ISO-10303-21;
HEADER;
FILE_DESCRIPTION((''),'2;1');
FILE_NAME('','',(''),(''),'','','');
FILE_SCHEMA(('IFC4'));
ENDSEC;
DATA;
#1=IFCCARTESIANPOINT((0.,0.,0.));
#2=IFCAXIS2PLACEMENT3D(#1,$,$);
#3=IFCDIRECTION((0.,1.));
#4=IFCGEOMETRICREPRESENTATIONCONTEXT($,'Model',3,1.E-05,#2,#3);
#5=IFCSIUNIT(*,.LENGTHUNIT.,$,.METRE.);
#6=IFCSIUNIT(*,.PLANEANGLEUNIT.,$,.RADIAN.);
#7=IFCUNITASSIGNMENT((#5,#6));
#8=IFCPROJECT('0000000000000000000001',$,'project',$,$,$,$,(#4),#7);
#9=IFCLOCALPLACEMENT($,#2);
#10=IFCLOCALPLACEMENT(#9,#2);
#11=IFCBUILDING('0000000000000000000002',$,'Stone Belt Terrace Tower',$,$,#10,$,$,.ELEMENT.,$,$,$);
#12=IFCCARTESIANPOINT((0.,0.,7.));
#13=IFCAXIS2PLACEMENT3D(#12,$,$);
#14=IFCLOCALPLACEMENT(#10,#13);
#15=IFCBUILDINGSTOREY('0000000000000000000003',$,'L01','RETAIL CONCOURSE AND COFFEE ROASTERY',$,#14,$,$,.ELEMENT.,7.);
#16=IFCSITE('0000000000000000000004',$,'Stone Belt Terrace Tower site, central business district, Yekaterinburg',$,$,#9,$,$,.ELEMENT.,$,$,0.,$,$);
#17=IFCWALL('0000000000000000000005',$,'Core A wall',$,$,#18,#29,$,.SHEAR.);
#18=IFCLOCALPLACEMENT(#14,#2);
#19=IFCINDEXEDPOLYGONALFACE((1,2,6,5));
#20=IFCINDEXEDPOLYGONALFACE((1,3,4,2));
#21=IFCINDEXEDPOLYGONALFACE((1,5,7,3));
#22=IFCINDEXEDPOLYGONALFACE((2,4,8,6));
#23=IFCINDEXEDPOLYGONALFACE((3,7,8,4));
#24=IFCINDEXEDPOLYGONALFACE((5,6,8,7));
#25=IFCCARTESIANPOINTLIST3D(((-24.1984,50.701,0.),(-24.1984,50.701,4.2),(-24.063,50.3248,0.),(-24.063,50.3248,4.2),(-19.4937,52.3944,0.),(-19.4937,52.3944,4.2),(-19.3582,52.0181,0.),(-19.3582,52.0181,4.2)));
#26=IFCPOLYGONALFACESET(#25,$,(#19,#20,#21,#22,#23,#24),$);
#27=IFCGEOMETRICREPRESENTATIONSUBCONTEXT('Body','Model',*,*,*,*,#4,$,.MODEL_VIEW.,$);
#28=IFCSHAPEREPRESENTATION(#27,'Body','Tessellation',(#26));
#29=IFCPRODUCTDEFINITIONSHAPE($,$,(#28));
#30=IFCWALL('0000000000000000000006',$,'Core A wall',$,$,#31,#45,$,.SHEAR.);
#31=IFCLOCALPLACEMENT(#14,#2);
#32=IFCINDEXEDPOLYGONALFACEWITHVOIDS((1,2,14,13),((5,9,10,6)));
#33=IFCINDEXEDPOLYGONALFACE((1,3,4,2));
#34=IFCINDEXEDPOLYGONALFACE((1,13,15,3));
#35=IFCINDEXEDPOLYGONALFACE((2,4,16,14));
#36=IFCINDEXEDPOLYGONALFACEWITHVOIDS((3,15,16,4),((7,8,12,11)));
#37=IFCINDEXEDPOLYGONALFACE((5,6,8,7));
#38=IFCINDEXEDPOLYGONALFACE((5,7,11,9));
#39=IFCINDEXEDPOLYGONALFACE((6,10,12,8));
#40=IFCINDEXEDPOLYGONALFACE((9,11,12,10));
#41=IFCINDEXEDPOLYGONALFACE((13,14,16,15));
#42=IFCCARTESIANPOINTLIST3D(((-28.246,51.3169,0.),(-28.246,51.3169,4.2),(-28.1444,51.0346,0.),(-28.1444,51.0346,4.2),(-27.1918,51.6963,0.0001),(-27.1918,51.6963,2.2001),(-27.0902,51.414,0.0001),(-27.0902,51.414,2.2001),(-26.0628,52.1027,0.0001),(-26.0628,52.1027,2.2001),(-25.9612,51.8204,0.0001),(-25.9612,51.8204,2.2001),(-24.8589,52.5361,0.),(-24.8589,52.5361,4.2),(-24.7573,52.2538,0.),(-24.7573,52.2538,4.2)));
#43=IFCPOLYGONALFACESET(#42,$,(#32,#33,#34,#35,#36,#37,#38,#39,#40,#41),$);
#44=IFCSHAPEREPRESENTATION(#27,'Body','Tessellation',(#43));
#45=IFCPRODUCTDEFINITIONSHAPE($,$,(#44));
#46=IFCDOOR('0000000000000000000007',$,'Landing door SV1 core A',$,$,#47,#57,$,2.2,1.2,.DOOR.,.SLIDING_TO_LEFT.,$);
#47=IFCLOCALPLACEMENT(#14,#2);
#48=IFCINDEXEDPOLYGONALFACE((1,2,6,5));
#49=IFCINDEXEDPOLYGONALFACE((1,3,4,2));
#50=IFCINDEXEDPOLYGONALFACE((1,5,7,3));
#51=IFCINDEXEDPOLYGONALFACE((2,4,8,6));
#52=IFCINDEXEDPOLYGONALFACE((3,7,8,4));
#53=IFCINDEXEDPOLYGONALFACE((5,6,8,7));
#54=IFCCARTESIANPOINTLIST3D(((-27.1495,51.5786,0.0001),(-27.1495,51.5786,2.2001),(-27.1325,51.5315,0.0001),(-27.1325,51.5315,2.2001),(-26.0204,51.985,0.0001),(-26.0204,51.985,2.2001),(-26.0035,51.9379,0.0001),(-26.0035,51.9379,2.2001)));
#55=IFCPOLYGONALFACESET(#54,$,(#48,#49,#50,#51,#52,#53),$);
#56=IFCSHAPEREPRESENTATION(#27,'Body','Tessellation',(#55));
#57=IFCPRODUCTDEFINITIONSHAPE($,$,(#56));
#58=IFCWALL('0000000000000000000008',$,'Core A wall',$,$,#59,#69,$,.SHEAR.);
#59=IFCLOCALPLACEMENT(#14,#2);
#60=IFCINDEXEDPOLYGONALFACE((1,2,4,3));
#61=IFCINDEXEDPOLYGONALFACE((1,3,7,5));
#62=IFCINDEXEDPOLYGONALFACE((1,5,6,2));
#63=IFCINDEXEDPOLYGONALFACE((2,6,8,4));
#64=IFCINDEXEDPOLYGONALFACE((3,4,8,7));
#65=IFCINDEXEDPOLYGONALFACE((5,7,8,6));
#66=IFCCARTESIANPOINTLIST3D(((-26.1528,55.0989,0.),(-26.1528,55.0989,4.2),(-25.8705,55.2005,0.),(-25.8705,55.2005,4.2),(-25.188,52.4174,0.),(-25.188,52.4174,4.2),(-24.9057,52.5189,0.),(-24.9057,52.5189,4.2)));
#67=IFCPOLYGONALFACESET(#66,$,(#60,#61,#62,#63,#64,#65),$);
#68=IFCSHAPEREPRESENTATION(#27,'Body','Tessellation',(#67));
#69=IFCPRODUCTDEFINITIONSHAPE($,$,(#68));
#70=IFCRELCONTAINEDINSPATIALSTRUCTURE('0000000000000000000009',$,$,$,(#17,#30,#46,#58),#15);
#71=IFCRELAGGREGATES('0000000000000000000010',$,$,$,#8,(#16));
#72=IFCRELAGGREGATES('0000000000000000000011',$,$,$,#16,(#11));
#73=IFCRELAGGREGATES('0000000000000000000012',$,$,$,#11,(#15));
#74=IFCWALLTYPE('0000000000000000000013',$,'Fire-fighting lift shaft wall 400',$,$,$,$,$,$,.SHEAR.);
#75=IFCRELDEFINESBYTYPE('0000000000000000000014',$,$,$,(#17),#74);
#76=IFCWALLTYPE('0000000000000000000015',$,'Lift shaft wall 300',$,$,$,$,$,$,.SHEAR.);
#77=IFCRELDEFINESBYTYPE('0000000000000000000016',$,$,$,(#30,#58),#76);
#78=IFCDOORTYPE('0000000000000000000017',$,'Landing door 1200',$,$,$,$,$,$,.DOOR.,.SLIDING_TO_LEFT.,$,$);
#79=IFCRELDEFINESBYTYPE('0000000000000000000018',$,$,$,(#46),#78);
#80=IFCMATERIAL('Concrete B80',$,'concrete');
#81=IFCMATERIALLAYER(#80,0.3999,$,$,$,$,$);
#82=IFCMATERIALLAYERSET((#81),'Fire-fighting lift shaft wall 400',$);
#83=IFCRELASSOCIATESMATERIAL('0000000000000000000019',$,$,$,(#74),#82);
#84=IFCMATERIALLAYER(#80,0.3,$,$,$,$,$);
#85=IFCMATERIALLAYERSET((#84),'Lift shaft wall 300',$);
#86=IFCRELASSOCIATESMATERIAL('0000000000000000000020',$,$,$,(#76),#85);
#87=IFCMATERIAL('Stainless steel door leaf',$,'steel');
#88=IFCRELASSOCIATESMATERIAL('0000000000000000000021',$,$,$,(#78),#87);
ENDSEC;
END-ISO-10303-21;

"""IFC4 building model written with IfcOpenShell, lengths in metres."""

from ifc_helpers import new_model, si_unit, direction, frame, frame_2d, origin, place, context, subcontext, project, spatial, rectangle, extrude, material, layer, layer_set, type_object, element, fill, save


model = new_model("IFC4")

# Units and contexts
model_context = context("Model", 3, precision=1e-05, world=origin(), true_north=direction((0.0, 1.0)))
body_context = subcontext(model_context, "Body", "Model", "MODEL_VIEW")
ifc_project = project(units=[si_unit("LENGTHUNIT", "METRE"), si_unit("PLANEANGLEUNIT", "RADIAN")], contexts=[model_context])

# Site, building, storey
site_placement = place(None, origin())
site = spatial("IfcSite", under=ifc_project, at=site_placement, Name="Stone Belt Terrace Tower site, central business district, Yekaterinburg", CompositionType="ELEMENT", RefElevation=0.0)
building_placement = place(site_placement, origin())
building = spatial("IfcBuilding", under=site, at=building_placement, Name="Stone Belt Terrace Tower", CompositionType="ELEMENT")
storey_placement = place(building_placement, frame((0.0, 0.0, 7.0)))
storey = spatial("IfcBuildingStorey", under=building, at=storey_placement, Name="L01", Description="RETAIL CONCOURSE AND COFFEE ROASTERY", CompositionType="ELEMENT", Elevation=7.0)

# Shared definitions
ifc_material_1 = material(Name="Concrete B80", Category="concrete")

# Wall
ifc_layer_1 = layer(ifc_material_1, 0.3999)
ifc_layer_set_1 = layer_set([ifc_layer_1], Name="Fire-fighting lift shaft wall 400")
wall_type_1 = type_object("IfcWallType", Name="Fire-fighting lift shaft wall 400", PredefinedType="SHEAR", material=ifc_layer_set_1)
wall_1_placement = place(storey_placement, frame((-24.1306, 50.5129, 0.0), z_axis=(0.0, 0.0, 1.0), x_axis=(0.940912, 0.338652, 0.0)))
element("IfcWall", 1, at=wall_1_placement, inside=storey, type_object=wall_type_1, Name="Core A wall", PredefinedType="SHEAR", context=body_context, shape_type="SweptSolid", body=[
    extrude(rectangle(XDim=5.0002, YDim=0.3999, at=frame_2d((2.5, 0.0))), origin(), (0.0, 0.0, 1.0), 4.2),
])

# Wall, opening, door
ifc_layer_2 = layer(ifc_material_1, 0.3)
ifc_layer_set_2 = layer_set([ifc_layer_2], Name="Lift shaft wall 300")
wall_type_2 = type_object("IfcWallType", Name="Lift shaft wall 300", PredefinedType="SHEAR", material=ifc_layer_set_2)
wall_2_placement = place(storey_placement, frame((-28.1951, 51.1758, 0.0), z_axis=(0.0, 0.0, 1.0), x_axis=(0.940901, 0.338681, 0.0)))
wall_2 = element("IfcWall", 2, at=wall_2_placement, inside=storey, type_object=wall_type_2, Name="Core A wall", PredefinedType="SHEAR", context=body_context, shape_type="SweptSolid", body=[
    extrude(rectangle(XDim=3.5999, YDim=0.3, at=frame_2d((1.7998, 0.0))), origin(), (0.0, 0.0, 1.0), 4.2),
])
opening_1_placement = place(wall_2_placement, frame((1.1201, 0.0, 0.0)))
opening_1 = element("IfcOpeningElement", 3, at=opening_1_placement, cuts=wall_2, PredefinedType="OPENING", context=body_context, shape_type="SweptSolid", body=[
    extrude(rectangle(XDim=1.2, YDim=2.2, at=frame_2d((0.6001, 1.1001))), frame((0.0, 0.1599, 0.0), z_axis=(0.0, -1.0, 0.0), x_axis=(1.0, 0.0, 0.0)), (0.0, 0.0, 1.0), 0.3201),
])
ifc_material_2 = material(Name="Stainless steel door leaf", Category="steel")
door_type_1 = type_object("IfcDoorType", Name="Landing door 1200", OperationType="SLIDING_TO_LEFT", PredefinedType="DOOR", material=ifc_material_2)
door_1_placement = place(opening_1_placement, origin())
door_1 = element("IfcDoor", 4, at=door_1_placement, inside=storey, type_object=door_type_1, Name="Landing door SV1 core A", OperationType="SLIDING_TO_LEFT", OverallHeight=2.2, OverallWidth=1.2, PredefinedType="DOOR", context=body_context, shape_type="SweptSolid", body=[
    extrude(rectangle(XDim=1.2, YDim=2.2, at=frame_2d((0.6001, 1.1001))), frame((0.0, 0.0249, 0.0), z_axis=(0.0, -1.0, 0.0), x_axis=(1.0, 0.0, 0.0)), (0.0, 0.0, 1.0), 0.05),
])
fill(opening_1, door_1)

# Wall
wall_3_placement = place(storey_placement, frame((-25.0469, 52.4683, 0.0), z_axis=(0.0, 0.0, 1.0), x_axis=(-0.33855, 0.940949, 0.0)))
element("IfcWall", 5, at=wall_3_placement, inside=storey, type_object=wall_type_2, Name="Core A wall", PredefinedType="SHEAR", context=body_context, shape_type="SweptSolid", body=[
    extrude(rectangle(XDim=2.8499, YDim=0.3, at=frame_2d((1.4248, 0.0))), origin(), (0.0, 0.0, 1.0), 4.2),
])

save(model, "model.ifc")
